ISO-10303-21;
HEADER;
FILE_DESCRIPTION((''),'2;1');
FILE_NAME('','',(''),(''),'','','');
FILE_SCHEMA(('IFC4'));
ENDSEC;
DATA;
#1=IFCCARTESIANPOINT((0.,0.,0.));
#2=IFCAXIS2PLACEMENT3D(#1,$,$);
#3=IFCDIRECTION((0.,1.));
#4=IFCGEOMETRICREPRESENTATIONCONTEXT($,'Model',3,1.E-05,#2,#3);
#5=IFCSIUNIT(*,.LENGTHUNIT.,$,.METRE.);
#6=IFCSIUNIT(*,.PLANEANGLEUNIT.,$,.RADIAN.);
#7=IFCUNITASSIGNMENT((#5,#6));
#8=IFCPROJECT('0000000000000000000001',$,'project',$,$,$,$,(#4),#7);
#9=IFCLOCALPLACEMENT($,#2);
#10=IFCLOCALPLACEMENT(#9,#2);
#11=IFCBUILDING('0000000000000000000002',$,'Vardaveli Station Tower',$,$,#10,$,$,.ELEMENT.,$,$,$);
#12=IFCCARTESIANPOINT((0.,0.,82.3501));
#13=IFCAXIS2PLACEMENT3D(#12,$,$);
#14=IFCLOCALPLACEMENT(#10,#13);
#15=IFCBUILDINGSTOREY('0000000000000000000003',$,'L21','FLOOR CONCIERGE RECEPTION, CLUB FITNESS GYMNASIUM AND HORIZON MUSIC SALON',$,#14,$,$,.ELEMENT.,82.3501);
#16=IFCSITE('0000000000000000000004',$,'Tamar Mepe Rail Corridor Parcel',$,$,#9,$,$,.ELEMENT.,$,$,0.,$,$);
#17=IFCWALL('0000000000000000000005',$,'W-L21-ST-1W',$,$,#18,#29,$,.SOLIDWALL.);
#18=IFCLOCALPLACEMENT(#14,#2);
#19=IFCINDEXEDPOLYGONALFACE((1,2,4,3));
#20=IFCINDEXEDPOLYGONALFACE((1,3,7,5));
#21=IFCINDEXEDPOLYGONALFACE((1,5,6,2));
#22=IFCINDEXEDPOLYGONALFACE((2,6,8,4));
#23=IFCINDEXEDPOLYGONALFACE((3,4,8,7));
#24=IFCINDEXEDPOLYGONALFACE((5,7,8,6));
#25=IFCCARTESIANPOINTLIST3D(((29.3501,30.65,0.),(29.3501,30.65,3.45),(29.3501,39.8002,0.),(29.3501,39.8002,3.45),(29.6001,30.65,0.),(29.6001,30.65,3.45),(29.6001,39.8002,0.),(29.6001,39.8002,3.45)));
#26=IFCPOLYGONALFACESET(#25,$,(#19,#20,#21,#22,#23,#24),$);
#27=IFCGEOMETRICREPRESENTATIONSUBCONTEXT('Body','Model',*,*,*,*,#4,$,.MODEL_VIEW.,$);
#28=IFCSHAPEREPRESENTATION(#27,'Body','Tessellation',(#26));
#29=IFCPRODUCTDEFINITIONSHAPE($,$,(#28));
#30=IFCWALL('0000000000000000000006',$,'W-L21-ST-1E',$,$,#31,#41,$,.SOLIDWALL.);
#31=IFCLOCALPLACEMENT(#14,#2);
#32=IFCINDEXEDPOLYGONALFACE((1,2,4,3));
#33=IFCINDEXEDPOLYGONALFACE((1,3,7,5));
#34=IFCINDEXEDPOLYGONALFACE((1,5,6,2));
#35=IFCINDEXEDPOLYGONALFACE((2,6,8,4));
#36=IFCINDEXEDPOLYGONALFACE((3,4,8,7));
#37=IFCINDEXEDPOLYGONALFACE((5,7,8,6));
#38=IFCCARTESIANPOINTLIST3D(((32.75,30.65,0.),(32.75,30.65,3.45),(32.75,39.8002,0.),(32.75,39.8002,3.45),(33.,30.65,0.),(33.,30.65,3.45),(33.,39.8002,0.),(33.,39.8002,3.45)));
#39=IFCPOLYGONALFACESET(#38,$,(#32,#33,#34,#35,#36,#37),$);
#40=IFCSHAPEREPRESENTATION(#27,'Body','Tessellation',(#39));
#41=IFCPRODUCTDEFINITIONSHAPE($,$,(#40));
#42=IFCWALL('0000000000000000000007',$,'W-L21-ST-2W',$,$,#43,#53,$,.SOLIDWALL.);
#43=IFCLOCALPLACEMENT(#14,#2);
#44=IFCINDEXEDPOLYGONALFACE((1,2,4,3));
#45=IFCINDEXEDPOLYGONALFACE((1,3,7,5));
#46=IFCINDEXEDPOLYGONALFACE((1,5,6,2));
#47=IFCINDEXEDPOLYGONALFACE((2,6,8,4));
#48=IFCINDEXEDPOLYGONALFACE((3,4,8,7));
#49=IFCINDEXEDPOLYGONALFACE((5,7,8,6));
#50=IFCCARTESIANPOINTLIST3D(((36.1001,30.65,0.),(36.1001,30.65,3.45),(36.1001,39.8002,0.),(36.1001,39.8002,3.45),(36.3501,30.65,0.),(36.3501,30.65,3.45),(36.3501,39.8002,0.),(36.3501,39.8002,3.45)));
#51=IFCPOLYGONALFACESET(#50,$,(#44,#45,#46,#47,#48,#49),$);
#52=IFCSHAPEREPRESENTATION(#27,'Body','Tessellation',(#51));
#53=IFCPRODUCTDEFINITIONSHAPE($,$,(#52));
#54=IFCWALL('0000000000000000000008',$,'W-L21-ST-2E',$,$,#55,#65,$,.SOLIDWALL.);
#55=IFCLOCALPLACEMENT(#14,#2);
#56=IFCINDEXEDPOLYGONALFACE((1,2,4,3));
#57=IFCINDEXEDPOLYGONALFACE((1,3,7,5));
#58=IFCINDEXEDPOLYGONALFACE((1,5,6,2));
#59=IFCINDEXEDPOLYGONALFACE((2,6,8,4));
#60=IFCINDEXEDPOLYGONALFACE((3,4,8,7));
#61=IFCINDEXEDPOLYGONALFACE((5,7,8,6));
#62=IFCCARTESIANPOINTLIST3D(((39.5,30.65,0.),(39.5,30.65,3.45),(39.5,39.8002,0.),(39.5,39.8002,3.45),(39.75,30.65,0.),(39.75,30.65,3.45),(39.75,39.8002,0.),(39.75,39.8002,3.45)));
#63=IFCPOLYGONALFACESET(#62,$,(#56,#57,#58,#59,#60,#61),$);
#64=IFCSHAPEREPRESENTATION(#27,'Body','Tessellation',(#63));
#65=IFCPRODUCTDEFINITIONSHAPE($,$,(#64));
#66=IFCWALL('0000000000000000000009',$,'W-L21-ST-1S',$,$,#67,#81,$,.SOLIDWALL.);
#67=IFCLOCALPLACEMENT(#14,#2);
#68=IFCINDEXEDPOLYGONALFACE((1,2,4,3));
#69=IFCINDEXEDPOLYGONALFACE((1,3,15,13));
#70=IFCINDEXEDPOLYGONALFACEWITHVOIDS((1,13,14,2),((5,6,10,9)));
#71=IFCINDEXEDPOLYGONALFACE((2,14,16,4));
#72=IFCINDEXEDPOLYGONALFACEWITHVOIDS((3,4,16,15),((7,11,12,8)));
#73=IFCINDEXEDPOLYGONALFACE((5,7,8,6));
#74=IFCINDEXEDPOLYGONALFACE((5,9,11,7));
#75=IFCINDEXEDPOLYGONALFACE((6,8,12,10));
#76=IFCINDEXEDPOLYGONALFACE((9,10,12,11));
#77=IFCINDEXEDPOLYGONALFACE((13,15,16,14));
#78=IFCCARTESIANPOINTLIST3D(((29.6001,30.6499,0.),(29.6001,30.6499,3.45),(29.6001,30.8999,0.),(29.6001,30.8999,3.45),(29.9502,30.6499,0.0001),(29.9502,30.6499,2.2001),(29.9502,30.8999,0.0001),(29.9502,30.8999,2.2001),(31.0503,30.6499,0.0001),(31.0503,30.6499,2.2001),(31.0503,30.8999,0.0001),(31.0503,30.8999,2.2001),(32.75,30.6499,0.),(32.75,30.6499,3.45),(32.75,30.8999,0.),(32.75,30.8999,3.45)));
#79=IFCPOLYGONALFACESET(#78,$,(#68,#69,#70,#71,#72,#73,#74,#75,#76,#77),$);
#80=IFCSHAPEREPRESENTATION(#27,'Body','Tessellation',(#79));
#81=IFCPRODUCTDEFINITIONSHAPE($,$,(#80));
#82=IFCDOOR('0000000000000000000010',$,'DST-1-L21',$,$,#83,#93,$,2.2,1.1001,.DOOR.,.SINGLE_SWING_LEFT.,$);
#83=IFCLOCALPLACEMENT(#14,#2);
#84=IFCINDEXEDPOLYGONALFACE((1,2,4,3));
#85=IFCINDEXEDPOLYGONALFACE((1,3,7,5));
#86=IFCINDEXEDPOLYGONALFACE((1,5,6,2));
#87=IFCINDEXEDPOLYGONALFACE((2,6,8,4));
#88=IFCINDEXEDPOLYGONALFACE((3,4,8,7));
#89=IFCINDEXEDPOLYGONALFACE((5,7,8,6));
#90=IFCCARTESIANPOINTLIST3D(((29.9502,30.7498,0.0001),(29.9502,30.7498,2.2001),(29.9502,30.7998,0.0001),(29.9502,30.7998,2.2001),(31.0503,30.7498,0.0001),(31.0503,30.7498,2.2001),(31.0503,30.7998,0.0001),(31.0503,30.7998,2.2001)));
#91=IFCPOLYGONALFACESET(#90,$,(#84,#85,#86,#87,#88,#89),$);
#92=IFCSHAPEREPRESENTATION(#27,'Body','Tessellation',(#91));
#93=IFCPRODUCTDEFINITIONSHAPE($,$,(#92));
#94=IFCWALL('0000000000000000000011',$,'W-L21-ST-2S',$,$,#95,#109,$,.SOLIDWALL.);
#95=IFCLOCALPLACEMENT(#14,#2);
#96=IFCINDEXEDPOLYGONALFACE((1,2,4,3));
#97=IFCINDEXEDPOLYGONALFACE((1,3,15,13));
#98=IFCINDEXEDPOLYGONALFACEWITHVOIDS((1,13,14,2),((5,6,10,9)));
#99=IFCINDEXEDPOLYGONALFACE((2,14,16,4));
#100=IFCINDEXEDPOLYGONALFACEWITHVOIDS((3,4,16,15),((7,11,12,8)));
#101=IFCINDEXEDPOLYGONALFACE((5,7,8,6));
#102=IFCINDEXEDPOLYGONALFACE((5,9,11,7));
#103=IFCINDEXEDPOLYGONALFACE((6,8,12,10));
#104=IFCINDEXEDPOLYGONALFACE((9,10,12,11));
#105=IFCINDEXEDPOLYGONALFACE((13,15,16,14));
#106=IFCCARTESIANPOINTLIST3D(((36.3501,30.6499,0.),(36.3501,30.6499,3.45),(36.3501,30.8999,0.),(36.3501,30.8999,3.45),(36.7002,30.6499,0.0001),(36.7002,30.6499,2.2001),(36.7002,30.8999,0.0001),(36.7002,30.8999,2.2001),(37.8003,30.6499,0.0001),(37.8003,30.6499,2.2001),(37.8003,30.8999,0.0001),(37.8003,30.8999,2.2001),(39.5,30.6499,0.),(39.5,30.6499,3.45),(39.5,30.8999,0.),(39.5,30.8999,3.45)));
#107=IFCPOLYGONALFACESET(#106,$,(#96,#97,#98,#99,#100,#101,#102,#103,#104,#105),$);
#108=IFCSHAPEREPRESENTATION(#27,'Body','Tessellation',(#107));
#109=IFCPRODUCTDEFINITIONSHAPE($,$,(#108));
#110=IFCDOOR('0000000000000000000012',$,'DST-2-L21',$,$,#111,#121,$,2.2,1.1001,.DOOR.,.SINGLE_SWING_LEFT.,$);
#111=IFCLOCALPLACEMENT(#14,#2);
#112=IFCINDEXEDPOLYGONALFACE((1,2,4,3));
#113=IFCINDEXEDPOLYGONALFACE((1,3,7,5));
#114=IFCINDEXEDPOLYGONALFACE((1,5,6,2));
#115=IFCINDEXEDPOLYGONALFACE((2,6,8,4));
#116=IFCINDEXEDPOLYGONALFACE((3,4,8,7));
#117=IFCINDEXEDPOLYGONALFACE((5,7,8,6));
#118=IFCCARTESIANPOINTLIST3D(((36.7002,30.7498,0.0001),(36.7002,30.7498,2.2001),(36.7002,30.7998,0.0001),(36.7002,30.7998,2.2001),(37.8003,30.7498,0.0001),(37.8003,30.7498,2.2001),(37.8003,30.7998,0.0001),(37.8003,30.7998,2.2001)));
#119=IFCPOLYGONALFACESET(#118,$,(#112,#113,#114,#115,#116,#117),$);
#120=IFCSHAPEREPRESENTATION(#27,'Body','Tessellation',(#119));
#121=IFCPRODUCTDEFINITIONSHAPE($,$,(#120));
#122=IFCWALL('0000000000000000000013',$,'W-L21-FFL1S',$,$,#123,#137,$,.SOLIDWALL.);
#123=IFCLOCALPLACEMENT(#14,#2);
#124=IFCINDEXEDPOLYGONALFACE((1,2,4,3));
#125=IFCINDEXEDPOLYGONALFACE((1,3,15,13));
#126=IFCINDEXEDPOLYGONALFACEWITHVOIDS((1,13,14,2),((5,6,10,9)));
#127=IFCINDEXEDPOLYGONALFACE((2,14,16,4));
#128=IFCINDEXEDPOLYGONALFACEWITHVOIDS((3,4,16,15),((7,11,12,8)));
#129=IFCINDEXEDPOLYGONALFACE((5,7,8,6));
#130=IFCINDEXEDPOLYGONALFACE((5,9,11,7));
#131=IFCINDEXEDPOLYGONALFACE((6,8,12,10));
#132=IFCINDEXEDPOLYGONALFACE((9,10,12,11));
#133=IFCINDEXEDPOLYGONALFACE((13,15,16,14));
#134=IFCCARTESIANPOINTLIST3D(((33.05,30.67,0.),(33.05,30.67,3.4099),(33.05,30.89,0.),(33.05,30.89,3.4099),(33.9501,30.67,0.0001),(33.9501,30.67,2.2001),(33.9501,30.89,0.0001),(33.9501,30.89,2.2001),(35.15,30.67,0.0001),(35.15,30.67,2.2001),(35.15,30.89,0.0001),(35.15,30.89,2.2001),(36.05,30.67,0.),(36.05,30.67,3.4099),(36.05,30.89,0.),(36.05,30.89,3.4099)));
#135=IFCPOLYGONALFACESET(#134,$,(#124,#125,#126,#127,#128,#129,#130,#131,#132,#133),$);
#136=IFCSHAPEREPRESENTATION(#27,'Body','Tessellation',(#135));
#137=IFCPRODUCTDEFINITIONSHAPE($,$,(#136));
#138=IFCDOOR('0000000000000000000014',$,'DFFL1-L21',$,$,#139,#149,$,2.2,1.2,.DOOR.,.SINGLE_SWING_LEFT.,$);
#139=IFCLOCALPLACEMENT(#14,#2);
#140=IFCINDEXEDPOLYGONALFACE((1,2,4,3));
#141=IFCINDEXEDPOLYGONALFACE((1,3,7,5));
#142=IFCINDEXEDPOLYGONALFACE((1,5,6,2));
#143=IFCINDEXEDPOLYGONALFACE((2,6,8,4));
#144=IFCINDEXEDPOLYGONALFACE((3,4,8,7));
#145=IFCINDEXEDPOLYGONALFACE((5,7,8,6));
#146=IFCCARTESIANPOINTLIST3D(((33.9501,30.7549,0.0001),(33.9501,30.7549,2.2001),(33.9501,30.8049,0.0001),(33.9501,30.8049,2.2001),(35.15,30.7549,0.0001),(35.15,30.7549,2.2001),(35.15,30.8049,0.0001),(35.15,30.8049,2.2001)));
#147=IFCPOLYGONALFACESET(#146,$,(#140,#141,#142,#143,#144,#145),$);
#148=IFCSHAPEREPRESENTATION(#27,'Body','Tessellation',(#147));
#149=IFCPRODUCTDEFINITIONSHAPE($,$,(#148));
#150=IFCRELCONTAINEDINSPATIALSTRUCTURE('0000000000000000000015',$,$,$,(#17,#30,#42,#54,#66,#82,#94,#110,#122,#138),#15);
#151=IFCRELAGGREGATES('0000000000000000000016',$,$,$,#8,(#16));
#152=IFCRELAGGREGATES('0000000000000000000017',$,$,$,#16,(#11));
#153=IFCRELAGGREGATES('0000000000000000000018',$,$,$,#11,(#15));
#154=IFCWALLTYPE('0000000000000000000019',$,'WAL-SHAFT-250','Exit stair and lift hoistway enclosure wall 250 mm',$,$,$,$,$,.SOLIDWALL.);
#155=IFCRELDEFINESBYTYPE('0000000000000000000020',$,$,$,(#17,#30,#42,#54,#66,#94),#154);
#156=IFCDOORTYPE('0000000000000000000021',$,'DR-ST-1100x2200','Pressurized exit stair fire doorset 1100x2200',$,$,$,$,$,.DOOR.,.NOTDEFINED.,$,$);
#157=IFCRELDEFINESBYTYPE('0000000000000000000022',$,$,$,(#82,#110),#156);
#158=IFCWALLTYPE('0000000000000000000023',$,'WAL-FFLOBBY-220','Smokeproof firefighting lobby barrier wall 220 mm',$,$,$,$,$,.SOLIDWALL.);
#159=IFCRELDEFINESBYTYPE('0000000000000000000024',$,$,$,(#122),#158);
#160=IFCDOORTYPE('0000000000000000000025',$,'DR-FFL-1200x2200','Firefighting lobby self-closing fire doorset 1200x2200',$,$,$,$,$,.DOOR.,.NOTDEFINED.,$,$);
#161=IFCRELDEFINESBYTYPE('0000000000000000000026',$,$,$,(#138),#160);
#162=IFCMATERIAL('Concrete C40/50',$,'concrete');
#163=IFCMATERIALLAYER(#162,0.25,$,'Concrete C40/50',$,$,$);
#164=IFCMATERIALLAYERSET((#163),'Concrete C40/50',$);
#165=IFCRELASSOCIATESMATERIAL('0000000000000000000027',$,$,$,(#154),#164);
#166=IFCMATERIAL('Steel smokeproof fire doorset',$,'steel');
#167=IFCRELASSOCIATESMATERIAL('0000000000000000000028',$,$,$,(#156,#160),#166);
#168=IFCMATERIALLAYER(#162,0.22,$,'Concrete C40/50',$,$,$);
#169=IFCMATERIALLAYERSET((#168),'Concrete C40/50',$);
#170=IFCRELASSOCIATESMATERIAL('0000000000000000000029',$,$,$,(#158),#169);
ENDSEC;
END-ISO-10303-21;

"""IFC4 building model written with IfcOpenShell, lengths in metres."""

from ifc_helpers import new_model, si_unit, direction, frame, frame_2d, origin, place, context, subcontext, project, spatial, rectangle, extrude, source, transform, mapped, material, layer, layer_set, type_object, element, fill, save


model = new_model("IFC4")

# Units and contexts
model_context = context("Model", 3, precision=1e-05, world=origin(), true_north=direction((0.0, 1.0)))
body_context = subcontext(model_context, "Body", "Model", "MODEL_VIEW")
ifc_project = project(units=[si_unit("LENGTHUNIT", "METRE"), si_unit("PLANEANGLEUNIT", "RADIAN")], contexts=[model_context])

# Site, building, storey
site_placement = place(None, origin())
site = spatial("IfcSite", under=ifc_project, at=site_placement, Name="Tamar Mepe Rail Corridor Parcel", CompositionType="ELEMENT", RefElevation=0.0)
building_placement = place(site_placement, origin())
building = spatial("IfcBuilding", under=site, at=building_placement, Name="Vardaveli Station Tower", CompositionType="ELEMENT")
storey_placement = place(building_placement, frame((0.0, 0.0, 82.3501)))
storey = spatial("IfcBuildingStorey", under=building, at=storey_placement, Name="L21", Description="FLOOR CONCIERGE RECEPTION, CLUB FITNESS GYMNASIUM AND HORIZON MUSIC SALON", CompositionType="ELEMENT", Elevation=82.3501)

# Walls
ifc_material_1 = material(Name="Concrete C40/50", Category="concrete")
ifc_layer_1 = layer(ifc_material_1, 0.25, Name="Concrete C40/50")
ifc_layer_set_1 = layer_set([ifc_layer_1], Name="Concrete C40/50")
wall_type_1 = type_object("IfcWallType", Name="WAL-SHAFT-250", Description="Exit stair and lift hoistway enclosure wall 250 mm", PredefinedType="SOLIDWALL", material=ifc_layer_set_1)
shared_shape_1 = source(origin(), body_context, "Body", "SweptSolid", [
    extrude(rectangle(XDim=9.1501, YDim=0.25, at=frame_2d((4.5752, 0.0))), origin(), (0.0, 0.0, 1.0), 3.45),
])
for number, where, z_axis, x_axis, name in (
    (1, (29.4751, 30.6499, 0.0), (0.0, 0.0, 1.0), (0.0, 1.0, 0.0), "W-L21-ST-1W"),
    (2, (32.875, 30.6499, 0.0), (0.0, 0.0, 1.0), (0.0, 1.0, 0.0), "W-L21-ST-1E"),
    (3, (36.2251, 30.6499, 0.0), (0.0, 0.0, 1.0), (0.0, 1.0, 0.0), "W-L21-ST-2W"),
    (4, (39.625, 30.6499, 0.0), (0.0, 0.0, 1.0), (0.0, 1.0, 0.0), "W-L21-ST-2E"),
):
    element("IfcWall", number, at=place(storey_placement, frame(where, z_axis=z_axis, x_axis=x_axis)), inside=storey, type_object=wall_type_1, Name=name, PredefinedType="SOLIDWALL", context=body_context, shape_type="MappedRepresentation", body=[
        mapped(shared_shape_1, transform((0.0, 0.0, 0.0), scale=1.0)),
    ])

# Walls, openings, doors
shared_shape_2 = source(origin(), body_context, "Body", "SweptSolid", [
    extrude(rectangle(XDim=3.1499, YDim=0.25, at=frame_2d((1.575, 0.0))), origin(), (0.0, 0.0, 1.0), 3.45),
])
wall_1_placement = place(storey_placement, frame((29.6001, 30.7749, 0.0), z_axis=(0.0, 0.0, 1.0), x_axis=(1.0, 0.0, 0.0)))
wall_1 = element("IfcWall", 5, at=wall_1_placement, inside=storey, type_object=wall_type_1, Name="W-L21-ST-1S", PredefinedType="SOLIDWALL", context=body_context, shape_type="MappedRepresentation", body=[
    mapped(shared_shape_2, transform((0.0, 0.0, 0.0), scale=1.0)),
])
shared_shape_3 = source(origin(), body_context, "Body", "SweptSolid", [
    extrude(rectangle(XDim=1.1001, YDim=2.2, at=frame_2d((0.55, 1.1001))), frame((0.0, 0.135, 0.0), z_axis=(0.0, -1.0, 0.0), x_axis=(1.0, 0.0, 0.0)), (0.0, 0.0, 1.0), 0.27),
])
opening_1_placement = place(wall_1_placement, frame((0.3501, 0.0, 0.0)))
opening_1 = element("IfcOpeningElement", 6, at=opening_1_placement, cuts=wall_1, PredefinedType="OPENING", context=body_context, shape_type="MappedRepresentation", body=[
    mapped(shared_shape_3, transform((0.0, 0.0, 0.0), scale=1.0)),
])
ifc_material_2 = material(Name="Steel smokeproof fire doorset", Category="steel")
door_type_1 = type_object("IfcDoorType", Name="DR-ST-1100x2200", Description="Pressurized exit stair fire doorset 1100x2200", OperationType="NOTDEFINED", PredefinedType="DOOR", material=ifc_material_2)
shared_shape_4 = source(origin(), body_context, "Body", "SweptSolid", [
    extrude(rectangle(XDim=1.1001, YDim=2.2, at=frame_2d((0.55, 1.1001))), frame((0.0, 0.0249, 0.0), z_axis=(0.0, -1.0, 0.0), x_axis=(1.0, 0.0, 0.0)), (0.0, 0.0, 1.0), 0.05),
])
door_1_placement = place(opening_1_placement, origin())
door_1 = element("IfcDoor", 7, at=door_1_placement, inside=storey, type_object=door_type_1, Name="DST-1-L21", OperationType="SINGLE_SWING_LEFT", OverallHeight=2.2, OverallWidth=1.1001, PredefinedType="DOOR", context=body_context, shape_type="MappedRepresentation", body=[
    mapped(shared_shape_4, transform((0.0, 0.0, 0.0), scale=1.0)),
])
fill(opening_1, door_1)
wall_2_placement = place(storey_placement, frame((36.3501, 30.7749, 0.0), z_axis=(0.0, 0.0, 1.0), x_axis=(1.0, 0.0, 0.0)))
wall_2 = element("IfcWall", 8, at=wall_2_placement, inside=storey, type_object=wall_type_1, Name="W-L21-ST-2S", PredefinedType="SOLIDWALL", context=body_context, shape_type="MappedRepresentation", body=[
    mapped(shared_shape_2, transform((0.0, 0.0, 0.0), scale=1.0)),
])
opening_2_placement = place(wall_2_placement, frame((0.3501, 0.0, 0.0)))
opening_2 = element("IfcOpeningElement", 9, at=opening_2_placement, cuts=wall_2, PredefinedType="OPENING", context=body_context, shape_type="MappedRepresentation", body=[
    mapped(shared_shape_3, transform((0.0, 0.0, 0.0), scale=1.0)),
])
door_2_placement = place(opening_2_placement, origin())
door_2 = element("IfcDoor", 10, at=door_2_placement, inside=storey, type_object=door_type_1, Name="DST-2-L21", OperationType="SINGLE_SWING_LEFT", OverallHeight=2.2, OverallWidth=1.1001, PredefinedType="DOOR", context=body_context, shape_type="MappedRepresentation", body=[
    mapped(shared_shape_4, transform((0.0, 0.0, 0.0), scale=1.0)),
])
fill(opening_2, door_2)
ifc_layer_2 = layer(ifc_material_1, 0.22, Name="Concrete C40/50")
ifc_layer_set_2 = layer_set([ifc_layer_2], Name="Concrete C40/50")
wall_type_2 = type_object("IfcWallType", Name="WAL-FFLOBBY-220", Description="Smokeproof firefighting lobby barrier wall 220 mm", PredefinedType="SOLIDWALL", material=ifc_layer_set_2)
shared_shape_5 = source(origin(), body_context, "Body", "SweptSolid", [
    extrude(rectangle(XDim=3.0, YDim=0.22, at=frame_2d((1.5, 0.0))), origin(), (0.0, 0.0, 1.0), 3.4099),
])
wall_3_placement = place(storey_placement, frame((33.05, 30.78, 0.0), z_axis=(0.0, 0.0, 1.0), x_axis=(1.0, 0.0, 0.0)))
wall_3 = element("IfcWall", 11, at=wall_3_placement, inside=storey, type_object=wall_type_2, Name="W-L21-FFL1S", PredefinedType="SOLIDWALL", context=body_context, shape_type="MappedRepresentation", body=[
    mapped(shared_shape_5, transform((0.0, 0.0, 0.0), scale=1.0)),
])
shared_shape_6 = source(origin(), body_context, "Body", "SweptSolid", [
    extrude(rectangle(XDim=1.2, YDim=2.2, at=frame_2d((0.6001, 1.1001))), frame((0.0, 0.1201, 0.0), z_axis=(0.0, -1.0, 0.0), x_axis=(1.0, 0.0, 0.0)), (0.0, 0.0, 1.0), 0.24),
])
opening_3_placement = place(wall_3_placement, frame((0.8999, 0.0, 0.0)))
opening_3 = element("IfcOpeningElement", 12, at=opening_3_placement, cuts=wall_3, PredefinedType="OPENING", context=body_context, shape_type="MappedRepresentation", body=[
    mapped(shared_shape_6, transform((0.0, 0.0, 0.0), scale=1.0)),
])
door_type_2 = type_object("IfcDoorType", Name="DR-FFL-1200x2200", Description="Firefighting lobby self-closing fire doorset 1200x2200", OperationType="NOTDEFINED", PredefinedType="DOOR", material=ifc_material_2)
shared_shape_7 = source(origin(), body_context, "Body", "SweptSolid", [
    extrude(rectangle(XDim=1.2, YDim=2.2, at=frame_2d((0.6001, 1.1001))), frame((0.0, 0.0249, 0.0), z_axis=(0.0, -1.0, 0.0), x_axis=(1.0, 0.0, 0.0)), (0.0, 0.0, 1.0), 0.05),
])
door_3_placement = place(opening_3_placement, origin())
door_3 = element("IfcDoor", 13, at=door_3_placement, inside=storey, type_object=door_type_2, Name="DFFL1-L21", OperationType="SINGLE_SWING_LEFT", OverallHeight=2.2, OverallWidth=1.2, PredefinedType="DOOR", context=body_context, shape_type="MappedRepresentation", body=[
    mapped(shared_shape_7, transform((0.0, 0.0, 0.0), scale=1.0)),
])
fill(opening_3, door_3)

save(model, "model.ifc")
